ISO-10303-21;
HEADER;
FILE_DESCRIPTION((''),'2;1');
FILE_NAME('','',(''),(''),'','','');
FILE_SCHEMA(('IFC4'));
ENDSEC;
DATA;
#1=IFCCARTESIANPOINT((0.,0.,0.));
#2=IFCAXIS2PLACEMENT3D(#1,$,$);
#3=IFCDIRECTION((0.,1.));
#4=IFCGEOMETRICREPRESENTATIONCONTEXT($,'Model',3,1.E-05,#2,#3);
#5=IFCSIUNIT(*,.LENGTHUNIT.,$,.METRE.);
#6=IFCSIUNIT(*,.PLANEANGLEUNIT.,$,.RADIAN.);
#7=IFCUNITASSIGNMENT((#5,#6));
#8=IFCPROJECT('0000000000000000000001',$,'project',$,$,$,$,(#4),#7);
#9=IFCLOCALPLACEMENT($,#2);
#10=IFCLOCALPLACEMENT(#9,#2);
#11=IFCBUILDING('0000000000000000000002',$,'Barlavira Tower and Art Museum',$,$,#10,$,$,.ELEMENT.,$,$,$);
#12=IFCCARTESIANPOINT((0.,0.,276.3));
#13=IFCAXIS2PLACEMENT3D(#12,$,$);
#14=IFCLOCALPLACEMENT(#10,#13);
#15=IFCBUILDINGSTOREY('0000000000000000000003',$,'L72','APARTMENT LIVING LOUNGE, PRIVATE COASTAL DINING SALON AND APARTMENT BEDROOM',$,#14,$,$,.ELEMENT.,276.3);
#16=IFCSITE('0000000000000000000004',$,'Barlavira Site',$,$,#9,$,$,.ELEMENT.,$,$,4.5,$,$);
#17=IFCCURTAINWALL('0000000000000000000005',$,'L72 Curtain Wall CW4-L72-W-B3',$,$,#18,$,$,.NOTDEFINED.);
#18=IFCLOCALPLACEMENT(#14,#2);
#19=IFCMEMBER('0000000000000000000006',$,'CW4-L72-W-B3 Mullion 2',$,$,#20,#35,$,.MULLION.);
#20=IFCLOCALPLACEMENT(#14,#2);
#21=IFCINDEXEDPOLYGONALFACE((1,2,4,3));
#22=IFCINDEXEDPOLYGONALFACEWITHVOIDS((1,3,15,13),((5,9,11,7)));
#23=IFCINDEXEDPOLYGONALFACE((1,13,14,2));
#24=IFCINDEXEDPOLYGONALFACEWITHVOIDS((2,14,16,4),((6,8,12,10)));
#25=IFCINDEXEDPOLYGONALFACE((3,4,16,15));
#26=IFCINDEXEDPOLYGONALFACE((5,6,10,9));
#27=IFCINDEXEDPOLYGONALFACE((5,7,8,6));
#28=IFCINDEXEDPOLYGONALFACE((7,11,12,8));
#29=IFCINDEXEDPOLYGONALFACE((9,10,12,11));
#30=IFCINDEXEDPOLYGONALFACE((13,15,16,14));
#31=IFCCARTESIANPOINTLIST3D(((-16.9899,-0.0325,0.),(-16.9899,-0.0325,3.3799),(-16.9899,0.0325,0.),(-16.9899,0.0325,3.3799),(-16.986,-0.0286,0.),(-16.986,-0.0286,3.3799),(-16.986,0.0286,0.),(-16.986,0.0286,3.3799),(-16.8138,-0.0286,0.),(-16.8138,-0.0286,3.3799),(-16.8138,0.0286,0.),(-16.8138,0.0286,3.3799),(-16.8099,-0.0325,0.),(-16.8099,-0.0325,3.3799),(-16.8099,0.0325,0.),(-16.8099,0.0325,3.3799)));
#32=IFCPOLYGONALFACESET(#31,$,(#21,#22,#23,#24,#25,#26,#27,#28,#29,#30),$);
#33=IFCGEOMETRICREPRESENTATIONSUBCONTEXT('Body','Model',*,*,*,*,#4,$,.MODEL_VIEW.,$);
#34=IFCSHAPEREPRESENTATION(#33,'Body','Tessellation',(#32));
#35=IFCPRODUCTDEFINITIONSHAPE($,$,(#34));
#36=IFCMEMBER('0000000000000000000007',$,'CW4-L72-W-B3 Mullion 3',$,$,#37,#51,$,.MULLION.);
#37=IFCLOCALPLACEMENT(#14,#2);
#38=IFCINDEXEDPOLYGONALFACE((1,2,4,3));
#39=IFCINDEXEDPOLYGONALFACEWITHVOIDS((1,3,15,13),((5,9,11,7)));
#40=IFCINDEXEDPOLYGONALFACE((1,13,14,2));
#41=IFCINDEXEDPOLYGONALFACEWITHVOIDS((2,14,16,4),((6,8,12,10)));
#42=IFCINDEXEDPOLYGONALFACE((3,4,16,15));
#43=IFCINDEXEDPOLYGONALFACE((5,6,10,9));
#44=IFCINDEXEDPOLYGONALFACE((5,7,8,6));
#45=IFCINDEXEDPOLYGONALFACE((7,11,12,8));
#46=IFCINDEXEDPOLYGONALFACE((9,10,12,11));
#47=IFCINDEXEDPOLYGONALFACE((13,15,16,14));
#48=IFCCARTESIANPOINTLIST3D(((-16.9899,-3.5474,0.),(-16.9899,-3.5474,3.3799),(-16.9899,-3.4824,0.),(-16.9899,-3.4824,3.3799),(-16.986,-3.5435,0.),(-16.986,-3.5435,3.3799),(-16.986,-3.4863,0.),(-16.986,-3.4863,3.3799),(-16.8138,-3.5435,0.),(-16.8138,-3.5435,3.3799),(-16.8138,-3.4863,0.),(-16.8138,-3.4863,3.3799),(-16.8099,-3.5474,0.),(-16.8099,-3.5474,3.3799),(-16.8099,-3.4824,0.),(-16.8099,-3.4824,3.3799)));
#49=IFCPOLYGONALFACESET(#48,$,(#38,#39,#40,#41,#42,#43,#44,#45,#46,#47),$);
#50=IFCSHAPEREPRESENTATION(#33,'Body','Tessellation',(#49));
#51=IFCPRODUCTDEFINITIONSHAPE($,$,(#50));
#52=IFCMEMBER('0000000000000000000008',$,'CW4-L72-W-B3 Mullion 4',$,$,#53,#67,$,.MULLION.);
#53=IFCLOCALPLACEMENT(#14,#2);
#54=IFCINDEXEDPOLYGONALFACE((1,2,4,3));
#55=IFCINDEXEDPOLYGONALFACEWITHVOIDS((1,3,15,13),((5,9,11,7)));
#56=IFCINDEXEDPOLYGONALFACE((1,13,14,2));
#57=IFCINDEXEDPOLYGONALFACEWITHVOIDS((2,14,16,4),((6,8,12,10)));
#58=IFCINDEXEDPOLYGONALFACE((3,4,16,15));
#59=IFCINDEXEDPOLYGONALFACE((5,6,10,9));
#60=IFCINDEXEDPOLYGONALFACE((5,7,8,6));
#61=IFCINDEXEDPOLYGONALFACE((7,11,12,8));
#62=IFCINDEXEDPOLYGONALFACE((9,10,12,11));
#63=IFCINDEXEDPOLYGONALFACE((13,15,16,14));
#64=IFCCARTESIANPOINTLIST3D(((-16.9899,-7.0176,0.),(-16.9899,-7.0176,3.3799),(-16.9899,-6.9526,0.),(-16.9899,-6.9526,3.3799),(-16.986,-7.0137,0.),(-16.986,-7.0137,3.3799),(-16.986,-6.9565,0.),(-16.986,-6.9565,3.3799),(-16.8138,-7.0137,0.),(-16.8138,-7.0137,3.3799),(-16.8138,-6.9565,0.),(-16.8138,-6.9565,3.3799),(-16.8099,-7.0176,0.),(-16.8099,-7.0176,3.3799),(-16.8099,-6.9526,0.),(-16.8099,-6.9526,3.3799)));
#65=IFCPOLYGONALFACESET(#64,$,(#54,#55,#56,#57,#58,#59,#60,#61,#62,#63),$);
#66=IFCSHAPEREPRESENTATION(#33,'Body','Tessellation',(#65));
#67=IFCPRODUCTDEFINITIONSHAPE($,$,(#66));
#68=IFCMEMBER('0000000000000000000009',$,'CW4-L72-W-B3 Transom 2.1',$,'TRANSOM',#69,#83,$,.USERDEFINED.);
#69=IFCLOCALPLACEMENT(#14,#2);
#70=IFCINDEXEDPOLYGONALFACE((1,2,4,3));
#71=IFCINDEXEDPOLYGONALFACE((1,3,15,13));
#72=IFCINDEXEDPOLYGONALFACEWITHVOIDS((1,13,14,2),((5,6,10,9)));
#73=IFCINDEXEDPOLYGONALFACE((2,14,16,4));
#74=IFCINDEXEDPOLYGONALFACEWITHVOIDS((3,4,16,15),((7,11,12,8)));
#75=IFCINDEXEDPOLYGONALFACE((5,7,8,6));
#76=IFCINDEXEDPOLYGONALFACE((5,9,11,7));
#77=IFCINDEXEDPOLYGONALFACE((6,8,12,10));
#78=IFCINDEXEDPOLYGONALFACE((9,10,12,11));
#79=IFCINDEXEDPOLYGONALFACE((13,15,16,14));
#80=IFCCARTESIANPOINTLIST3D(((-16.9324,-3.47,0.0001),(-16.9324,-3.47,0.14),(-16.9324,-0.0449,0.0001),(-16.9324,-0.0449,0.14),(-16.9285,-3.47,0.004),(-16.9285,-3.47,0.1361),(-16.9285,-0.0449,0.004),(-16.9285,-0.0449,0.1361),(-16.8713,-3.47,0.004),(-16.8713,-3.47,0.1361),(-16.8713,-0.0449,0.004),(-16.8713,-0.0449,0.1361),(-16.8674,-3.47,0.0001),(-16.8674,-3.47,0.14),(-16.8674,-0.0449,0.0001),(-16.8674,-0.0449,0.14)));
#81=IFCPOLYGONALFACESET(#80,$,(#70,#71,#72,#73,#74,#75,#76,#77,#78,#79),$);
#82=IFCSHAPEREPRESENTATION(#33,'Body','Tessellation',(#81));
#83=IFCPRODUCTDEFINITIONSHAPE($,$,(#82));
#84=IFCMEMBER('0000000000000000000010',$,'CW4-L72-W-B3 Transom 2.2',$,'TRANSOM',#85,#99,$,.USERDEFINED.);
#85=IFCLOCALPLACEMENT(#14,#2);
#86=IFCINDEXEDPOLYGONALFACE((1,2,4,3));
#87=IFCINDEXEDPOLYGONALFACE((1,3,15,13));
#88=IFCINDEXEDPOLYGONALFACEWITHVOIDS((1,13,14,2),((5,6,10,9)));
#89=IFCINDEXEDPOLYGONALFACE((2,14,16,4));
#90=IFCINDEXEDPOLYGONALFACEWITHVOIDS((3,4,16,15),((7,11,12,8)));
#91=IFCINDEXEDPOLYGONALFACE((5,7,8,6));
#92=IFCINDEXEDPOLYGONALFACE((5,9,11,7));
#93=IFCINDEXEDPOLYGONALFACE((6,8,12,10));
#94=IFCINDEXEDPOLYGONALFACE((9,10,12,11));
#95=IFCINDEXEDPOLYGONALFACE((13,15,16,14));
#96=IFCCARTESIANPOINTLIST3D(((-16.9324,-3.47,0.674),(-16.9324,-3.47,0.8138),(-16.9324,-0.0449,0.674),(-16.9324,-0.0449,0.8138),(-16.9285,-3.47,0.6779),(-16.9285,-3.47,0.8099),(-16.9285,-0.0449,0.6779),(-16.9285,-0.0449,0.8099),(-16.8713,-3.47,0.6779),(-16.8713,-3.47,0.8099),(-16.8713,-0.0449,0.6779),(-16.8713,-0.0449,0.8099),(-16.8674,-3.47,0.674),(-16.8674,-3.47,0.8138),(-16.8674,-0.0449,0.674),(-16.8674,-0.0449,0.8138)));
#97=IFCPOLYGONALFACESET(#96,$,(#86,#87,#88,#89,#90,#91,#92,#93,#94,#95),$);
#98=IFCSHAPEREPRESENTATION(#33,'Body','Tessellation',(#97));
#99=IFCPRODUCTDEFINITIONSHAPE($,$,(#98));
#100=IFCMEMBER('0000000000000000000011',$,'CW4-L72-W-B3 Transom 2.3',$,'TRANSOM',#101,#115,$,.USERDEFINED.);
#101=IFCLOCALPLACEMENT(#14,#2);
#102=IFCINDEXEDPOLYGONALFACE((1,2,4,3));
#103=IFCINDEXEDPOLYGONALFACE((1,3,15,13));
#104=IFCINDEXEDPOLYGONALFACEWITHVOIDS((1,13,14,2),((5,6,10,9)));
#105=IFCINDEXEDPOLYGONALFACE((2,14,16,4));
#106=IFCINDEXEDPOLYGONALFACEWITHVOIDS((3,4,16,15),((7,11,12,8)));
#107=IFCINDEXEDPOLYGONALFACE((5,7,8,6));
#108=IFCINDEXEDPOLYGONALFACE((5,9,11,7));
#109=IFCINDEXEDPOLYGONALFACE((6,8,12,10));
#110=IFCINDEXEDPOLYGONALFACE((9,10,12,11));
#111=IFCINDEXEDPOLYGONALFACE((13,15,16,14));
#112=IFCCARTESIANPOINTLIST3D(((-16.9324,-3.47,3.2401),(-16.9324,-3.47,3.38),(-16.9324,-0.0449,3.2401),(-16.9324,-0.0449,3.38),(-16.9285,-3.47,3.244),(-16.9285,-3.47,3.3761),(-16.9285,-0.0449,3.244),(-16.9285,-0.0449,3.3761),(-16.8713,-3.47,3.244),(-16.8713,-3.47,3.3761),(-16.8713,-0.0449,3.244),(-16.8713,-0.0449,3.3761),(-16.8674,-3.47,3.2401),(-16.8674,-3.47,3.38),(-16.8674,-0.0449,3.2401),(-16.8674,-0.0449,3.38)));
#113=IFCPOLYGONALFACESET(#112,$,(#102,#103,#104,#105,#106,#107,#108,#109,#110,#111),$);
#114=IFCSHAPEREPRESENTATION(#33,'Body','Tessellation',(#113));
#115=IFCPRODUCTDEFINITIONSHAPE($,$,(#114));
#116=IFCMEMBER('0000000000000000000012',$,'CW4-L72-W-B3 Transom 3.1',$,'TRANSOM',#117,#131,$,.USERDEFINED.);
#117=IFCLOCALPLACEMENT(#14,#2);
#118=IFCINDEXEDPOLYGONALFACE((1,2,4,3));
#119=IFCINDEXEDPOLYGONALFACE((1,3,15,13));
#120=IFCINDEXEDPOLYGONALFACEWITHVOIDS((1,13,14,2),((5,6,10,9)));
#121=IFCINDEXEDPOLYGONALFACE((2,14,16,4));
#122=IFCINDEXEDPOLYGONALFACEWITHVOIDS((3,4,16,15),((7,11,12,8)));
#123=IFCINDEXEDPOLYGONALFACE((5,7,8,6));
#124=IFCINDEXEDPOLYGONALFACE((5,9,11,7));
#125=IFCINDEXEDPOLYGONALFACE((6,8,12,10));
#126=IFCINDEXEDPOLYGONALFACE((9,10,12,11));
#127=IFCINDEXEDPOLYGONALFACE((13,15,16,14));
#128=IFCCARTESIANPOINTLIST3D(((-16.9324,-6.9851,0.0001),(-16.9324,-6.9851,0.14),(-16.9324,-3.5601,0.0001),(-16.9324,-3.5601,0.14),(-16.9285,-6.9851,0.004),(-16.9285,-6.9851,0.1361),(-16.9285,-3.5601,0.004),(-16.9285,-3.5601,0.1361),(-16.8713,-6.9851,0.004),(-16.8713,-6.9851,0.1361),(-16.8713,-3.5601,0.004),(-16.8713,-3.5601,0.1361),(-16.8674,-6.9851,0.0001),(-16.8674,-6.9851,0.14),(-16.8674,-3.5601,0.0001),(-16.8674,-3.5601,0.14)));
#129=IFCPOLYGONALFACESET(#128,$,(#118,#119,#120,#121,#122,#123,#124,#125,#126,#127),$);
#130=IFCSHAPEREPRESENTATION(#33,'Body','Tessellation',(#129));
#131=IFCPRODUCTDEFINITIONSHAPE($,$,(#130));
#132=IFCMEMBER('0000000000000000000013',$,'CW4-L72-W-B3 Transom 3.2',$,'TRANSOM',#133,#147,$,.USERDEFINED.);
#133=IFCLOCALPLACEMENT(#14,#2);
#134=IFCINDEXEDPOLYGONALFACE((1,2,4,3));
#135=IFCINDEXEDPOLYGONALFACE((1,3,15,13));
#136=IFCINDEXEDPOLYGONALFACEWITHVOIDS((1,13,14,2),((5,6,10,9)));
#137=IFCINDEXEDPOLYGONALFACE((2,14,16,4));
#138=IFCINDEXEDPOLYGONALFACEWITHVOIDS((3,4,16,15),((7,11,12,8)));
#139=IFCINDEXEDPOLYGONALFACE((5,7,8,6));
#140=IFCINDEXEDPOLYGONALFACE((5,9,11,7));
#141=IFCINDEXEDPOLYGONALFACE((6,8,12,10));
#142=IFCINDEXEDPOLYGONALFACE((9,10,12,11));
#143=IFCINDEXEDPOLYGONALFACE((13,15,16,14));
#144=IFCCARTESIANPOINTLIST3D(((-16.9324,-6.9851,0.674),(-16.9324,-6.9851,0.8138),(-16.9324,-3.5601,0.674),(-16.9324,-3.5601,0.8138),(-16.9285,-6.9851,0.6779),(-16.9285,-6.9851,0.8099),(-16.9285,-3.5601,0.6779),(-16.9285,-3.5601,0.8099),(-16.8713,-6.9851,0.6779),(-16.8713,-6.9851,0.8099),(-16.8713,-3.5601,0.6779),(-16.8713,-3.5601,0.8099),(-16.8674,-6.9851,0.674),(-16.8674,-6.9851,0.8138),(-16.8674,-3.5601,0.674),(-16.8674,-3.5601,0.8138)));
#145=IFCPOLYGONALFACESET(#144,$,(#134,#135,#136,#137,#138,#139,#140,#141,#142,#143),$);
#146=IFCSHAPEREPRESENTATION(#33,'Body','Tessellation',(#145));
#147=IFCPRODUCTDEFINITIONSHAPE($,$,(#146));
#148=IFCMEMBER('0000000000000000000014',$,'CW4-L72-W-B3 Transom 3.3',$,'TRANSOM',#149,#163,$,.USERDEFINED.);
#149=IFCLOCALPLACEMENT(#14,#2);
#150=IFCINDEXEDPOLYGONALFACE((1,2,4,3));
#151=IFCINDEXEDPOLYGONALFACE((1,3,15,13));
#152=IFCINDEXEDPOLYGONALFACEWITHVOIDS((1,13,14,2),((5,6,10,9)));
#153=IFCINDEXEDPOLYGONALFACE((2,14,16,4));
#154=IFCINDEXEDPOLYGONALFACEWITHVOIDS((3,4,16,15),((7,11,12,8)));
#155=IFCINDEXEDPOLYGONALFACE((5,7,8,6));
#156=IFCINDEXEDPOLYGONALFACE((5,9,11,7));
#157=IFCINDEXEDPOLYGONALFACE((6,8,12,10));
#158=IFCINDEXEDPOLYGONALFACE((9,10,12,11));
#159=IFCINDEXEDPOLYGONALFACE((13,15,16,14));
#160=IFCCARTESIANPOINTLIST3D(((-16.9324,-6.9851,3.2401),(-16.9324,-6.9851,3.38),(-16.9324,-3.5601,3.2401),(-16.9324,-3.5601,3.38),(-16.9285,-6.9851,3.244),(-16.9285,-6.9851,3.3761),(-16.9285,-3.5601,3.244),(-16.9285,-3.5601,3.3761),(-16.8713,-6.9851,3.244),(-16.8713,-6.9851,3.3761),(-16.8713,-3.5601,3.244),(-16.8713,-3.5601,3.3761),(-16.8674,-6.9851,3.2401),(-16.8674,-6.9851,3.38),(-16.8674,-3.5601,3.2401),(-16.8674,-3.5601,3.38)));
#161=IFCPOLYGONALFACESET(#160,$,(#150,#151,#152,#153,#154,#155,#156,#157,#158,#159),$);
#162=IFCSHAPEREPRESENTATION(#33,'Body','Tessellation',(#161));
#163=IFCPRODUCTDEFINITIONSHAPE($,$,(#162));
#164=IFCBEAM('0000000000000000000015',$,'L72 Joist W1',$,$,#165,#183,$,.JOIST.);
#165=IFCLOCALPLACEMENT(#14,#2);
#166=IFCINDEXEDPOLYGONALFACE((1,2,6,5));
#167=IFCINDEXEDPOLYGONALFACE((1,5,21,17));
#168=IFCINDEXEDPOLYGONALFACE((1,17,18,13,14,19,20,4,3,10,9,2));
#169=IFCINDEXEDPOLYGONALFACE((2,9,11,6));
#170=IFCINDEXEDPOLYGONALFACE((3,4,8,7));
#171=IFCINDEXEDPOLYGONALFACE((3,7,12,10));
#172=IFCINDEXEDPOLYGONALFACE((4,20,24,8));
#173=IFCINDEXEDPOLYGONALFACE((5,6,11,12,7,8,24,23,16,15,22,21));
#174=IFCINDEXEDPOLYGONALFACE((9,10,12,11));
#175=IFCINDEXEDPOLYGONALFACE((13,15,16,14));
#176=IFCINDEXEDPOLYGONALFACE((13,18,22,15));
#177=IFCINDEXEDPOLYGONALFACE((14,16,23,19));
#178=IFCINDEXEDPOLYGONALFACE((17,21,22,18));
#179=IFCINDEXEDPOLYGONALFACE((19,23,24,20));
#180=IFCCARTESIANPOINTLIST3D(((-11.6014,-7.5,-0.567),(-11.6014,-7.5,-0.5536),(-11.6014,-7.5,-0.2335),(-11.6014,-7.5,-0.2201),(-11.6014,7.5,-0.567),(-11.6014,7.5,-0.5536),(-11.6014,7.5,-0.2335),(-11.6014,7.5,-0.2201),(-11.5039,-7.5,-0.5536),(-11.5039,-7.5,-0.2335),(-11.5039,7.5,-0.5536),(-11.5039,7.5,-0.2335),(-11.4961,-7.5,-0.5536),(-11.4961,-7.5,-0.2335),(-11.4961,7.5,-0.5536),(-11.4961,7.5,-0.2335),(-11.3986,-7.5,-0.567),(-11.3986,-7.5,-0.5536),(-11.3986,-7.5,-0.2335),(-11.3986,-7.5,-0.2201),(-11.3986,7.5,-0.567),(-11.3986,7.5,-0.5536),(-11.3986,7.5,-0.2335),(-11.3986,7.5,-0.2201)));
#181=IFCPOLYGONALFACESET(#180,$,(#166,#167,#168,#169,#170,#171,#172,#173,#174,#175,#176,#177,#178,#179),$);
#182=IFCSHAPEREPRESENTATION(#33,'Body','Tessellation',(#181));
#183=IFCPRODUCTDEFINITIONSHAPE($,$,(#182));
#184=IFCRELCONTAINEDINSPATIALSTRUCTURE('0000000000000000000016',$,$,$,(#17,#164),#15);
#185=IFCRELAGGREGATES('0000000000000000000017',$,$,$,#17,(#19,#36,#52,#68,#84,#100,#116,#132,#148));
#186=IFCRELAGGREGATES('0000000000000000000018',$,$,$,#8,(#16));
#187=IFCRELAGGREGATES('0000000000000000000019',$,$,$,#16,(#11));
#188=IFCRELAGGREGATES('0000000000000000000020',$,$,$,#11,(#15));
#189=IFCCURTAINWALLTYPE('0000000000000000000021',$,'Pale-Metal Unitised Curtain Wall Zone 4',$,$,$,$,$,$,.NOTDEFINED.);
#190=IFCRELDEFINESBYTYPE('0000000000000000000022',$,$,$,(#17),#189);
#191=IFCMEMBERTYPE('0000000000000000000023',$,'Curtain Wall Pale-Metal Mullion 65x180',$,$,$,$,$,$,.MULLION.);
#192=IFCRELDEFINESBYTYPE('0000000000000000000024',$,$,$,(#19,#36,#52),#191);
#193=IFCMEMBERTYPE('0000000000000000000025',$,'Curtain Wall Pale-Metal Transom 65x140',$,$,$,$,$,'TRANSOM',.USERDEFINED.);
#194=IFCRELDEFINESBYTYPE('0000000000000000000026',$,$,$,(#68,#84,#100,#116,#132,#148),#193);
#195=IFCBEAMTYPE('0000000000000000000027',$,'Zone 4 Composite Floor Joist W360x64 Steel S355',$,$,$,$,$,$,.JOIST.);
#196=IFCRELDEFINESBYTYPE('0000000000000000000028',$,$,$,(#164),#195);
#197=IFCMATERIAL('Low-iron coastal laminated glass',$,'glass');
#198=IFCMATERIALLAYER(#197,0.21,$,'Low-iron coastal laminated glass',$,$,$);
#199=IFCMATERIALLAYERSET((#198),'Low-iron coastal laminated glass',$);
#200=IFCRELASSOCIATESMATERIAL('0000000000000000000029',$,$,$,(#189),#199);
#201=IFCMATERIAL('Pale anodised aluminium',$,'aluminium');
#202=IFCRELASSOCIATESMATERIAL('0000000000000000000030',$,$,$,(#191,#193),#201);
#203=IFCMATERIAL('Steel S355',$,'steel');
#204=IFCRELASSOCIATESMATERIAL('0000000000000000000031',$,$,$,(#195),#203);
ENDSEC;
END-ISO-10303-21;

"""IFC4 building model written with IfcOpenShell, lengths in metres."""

from ifc_helpers import new_model, si_unit, direction, frame, origin, origin_2d, place, context, subcontext, project, spatial, hollow_rectangle, i_section, extrude, material, layer, layer_set, material_profile, profile_set, type_object, element, aggregate, save


model = new_model("IFC4")

# Units and contexts
model_context = context("Model", 3, precision=1e-05, world=origin(), true_north=direction((0.0, 1.0)))
body_context = subcontext(model_context, "Body", "Model", "MODEL_VIEW")
ifc_project = project(units=[si_unit("LENGTHUNIT", "METRE"), si_unit("PLANEANGLEUNIT", "RADIAN")], contexts=[model_context])

# Site, building, storey
site_placement = place(None, origin())
site = spatial("IfcSite", under=ifc_project, at=site_placement, Name="Barlavira Site", CompositionType="ELEMENT", RefElevation=4.5)
building_placement = place(site_placement, origin())
building = spatial("IfcBuilding", under=site, at=building_placement, Name="Barlavira Tower and Art Museum", CompositionType="ELEMENT")
storey_placement = place(building_placement, frame((0.0, 0.0, 276.3)))
storey = spatial("IfcBuildingStorey", under=building, at=storey_placement, Name="L72", Description="APARTMENT LIVING LOUNGE, PRIVATE COASTAL DINING SALON AND APARTMENT BEDROOM", CompositionType="ELEMENT", Elevation=276.3)

# Curtain wall, members
ifc_material_1 = material(Name="Low-iron coastal laminated glass", Category="glass")
ifc_layer_1 = layer(ifc_material_1, 0.21, Name="Low-iron coastal laminated glass")
ifc_layer_set_1 = layer_set([ifc_layer_1], Name="Low-iron coastal laminated glass")
curtain_wall_type = type_object("IfcCurtainWallType", Name="Pale-Metal Unitised Curtain Wall Zone 4", PredefinedType="NOTDEFINED", material=ifc_layer_set_1)
curtain_wall_placement = place(storey_placement, origin())
curtain_wall = element("IfcCurtainWall", 1, at=curtain_wall_placement, inside=storey, type_object=curtain_wall_type, Name="L72 Curtain Wall CW4-L72-W-B3", PredefinedType="NOTDEFINED")
ifc_material_2 = material(Name="Pale anodised aluminium", Category="aluminium")
ifc_material_profile_1 = material_profile(ifc_material_2, hollow_rectangle(XDim=0.0649, YDim=0.1799, WallThickness=0.0039, at=origin_2d()), Name="ALU-MULL 65x180x4")
ifc_profile_set_1 = profile_set([ifc_material_profile_1], Name="Pale anodised aluminium")
member_type_1 = type_object("IfcMemberType", Name="Curtain Wall Pale-Metal Mullion 65x180", PredefinedType="MULLION", material=ifc_profile_set_1)
member_1_placement = place(storey_placement, frame((-16.8999, 0.0, 0.0), z_axis=(0.0, 0.0, 1.0), x_axis=(0.0, -1.0, 0.0)))
member_1 = element("IfcMember", 2, at=member_1_placement, type_object=member_type_1, Name="CW4-L72-W-B3 Mullion 2", PredefinedType="MULLION", context=body_context, shape_type="SweptSolid", body=[
    extrude(hollow_rectangle(XDim=0.0649, YDim=0.1799, WallThickness=0.0039, at=origin_2d()), origin(), (0.0, 0.0, 1.0), 3.3799),
])
member_2_placement = place(storey_placement, frame((-16.8999, -3.5149, 0.0), z_axis=(0.0, 0.0, 1.0), x_axis=(0.0, -1.0, 0.0)))
member_2 = element("IfcMember", 3, at=member_2_placement, type_object=member_type_1, Name="CW4-L72-W-B3 Mullion 3", PredefinedType="MULLION", context=body_context, shape_type="SweptSolid", body=[
    extrude(hollow_rectangle(XDim=0.0649, YDim=0.1799, WallThickness=0.0039, at=origin_2d()), origin(), (0.0, 0.0, 1.0), 3.3799),
])
member_3_placement = place(storey_placement, frame((-16.8999, -6.9851, 0.0), z_axis=(0.0, 0.0, 1.0), x_axis=(0.0, -1.0, 0.0)))
member_3 = element("IfcMember", 4, at=member_3_placement, type_object=member_type_1, Name="CW4-L72-W-B3 Mullion 4", PredefinedType="MULLION", context=body_context, shape_type="SweptSolid", body=[
    extrude(hollow_rectangle(XDim=0.0649, YDim=0.1799, WallThickness=0.0039, at=origin_2d()), origin(), (0.0, 0.0, 1.0), 3.3799),
])
ifc_material_profile_2 = material_profile(ifc_material_2, hollow_rectangle(XDim=0.0649, YDim=0.1399, WallThickness=0.0039, at=origin_2d()), Name="ALU-TRAN 65x140x4")
ifc_profile_set_2 = profile_set([ifc_material_profile_2], Name="Pale anodised aluminium")
member_type_2 = type_object("IfcMemberType", Name="Curtain Wall Pale-Metal Transom 65x140", ElementType="TRANSOM", PredefinedType="USERDEFINED", material=ifc_profile_set_2)
member_4_placement = place(storey_placement, frame((-16.8999, -0.0449, 0.0701), z_axis=(0.0, -1.0, 0.0), x_axis=(1.0, 0.0, 0.0)))
member_4 = element("IfcMember", 5, at=member_4_placement, type_object=member_type_2, Name="CW4-L72-W-B3 Transom 2.1", ObjectType="TRANSOM", PredefinedType="USERDEFINED", context=body_context, shape_type="SweptSolid", body=[
    extrude(hollow_rectangle(XDim=0.0649, YDim=0.1399, WallThickness=0.0039, at=origin_2d()), origin(), (0.0, 0.0, 1.0), 3.425),
])
member_5_placement = place(storey_placement, frame((-16.8999, -0.0449, 0.7439), z_axis=(0.0, -1.0, 0.0), x_axis=(1.0, 0.0, 0.0)))
member_5 = element("IfcMember", 6, at=member_5_placement, type_object=member_type_2, Name="CW4-L72-W-B3 Transom 2.2", ObjectType="TRANSOM", PredefinedType="USERDEFINED", context=body_context, shape_type="SweptSolid", body=[
    extrude(hollow_rectangle(XDim=0.0649, YDim=0.1399, WallThickness=0.0039, at=origin_2d()), origin(), (0.0, 0.0, 1.0), 3.425),
])
member_6_placement = place(storey_placement, frame((-16.8999, -0.0449, 3.3101), z_axis=(0.0, -1.0, 0.0), x_axis=(1.0, 0.0, 0.0)))
member_6 = element("IfcMember", 7, at=member_6_placement, type_object=member_type_2, Name="CW4-L72-W-B3 Transom 2.3", ObjectType="TRANSOM", PredefinedType="USERDEFINED", context=body_context, shape_type="SweptSolid", body=[
    extrude(hollow_rectangle(XDim=0.0649, YDim=0.1399, WallThickness=0.0039, at=origin_2d()), origin(), (0.0, 0.0, 1.0), 3.425),
])
member_7_placement = place(storey_placement, frame((-16.8999, -3.5601, 0.0701), z_axis=(0.0, -1.0, 0.0), x_axis=(1.0, 0.0, 0.0)))
member_7 = element("IfcMember", 8, at=member_7_placement, type_object=member_type_2, Name="CW4-L72-W-B3 Transom 3.1", ObjectType="TRANSOM", PredefinedType="USERDEFINED", context=body_context, shape_type="SweptSolid", body=[
    extrude(hollow_rectangle(XDim=0.0649, YDim=0.1399, WallThickness=0.0039, at=origin_2d()), origin(), (0.0, 0.0, 1.0), 3.425),
])
member_8_placement = place(storey_placement, frame((-16.8999, -3.5601, 0.7439), z_axis=(0.0, -1.0, 0.0), x_axis=(1.0, 0.0, 0.0)))
member_8 = element("IfcMember", 9, at=member_8_placement, type_object=member_type_2, Name="CW4-L72-W-B3 Transom 3.2", ObjectType="TRANSOM", PredefinedType="USERDEFINED", context=body_context, shape_type="SweptSolid", body=[
    extrude(hollow_rectangle(XDim=0.0649, YDim=0.1399, WallThickness=0.0039, at=origin_2d()), origin(), (0.0, 0.0, 1.0), 3.425),
])
member_9_placement = place(storey_placement, frame((-16.8999, -3.5601, 3.3101), z_axis=(0.0, -1.0, 0.0), x_axis=(1.0, 0.0, 0.0)))
member_9 = element("IfcMember", 10, at=member_9_placement, type_object=member_type_2, Name="CW4-L72-W-B3 Transom 3.3", ObjectType="TRANSOM", PredefinedType="USERDEFINED", context=body_context, shape_type="SweptSolid", body=[
    extrude(hollow_rectangle(XDim=0.0649, YDim=0.1399, WallThickness=0.0039, at=origin_2d()), origin(), (0.0, 0.0, 1.0), 3.425),
])

# Beam
ifc_material_3 = material(Name="Steel S355", Category="steel")
ifc_material_profile_3 = material_profile(ifc_material_3, i_section(OverallWidth=0.2029, OverallDepth=0.3469, WebThickness=0.0078, FlangeThickness=0.0134, at=origin_2d()), Name="W360x64.0")
ifc_profile_set_3 = profile_set([ifc_material_profile_3], Name="Steel S355")
beam_type = type_object("IfcBeamType", Name="Zone 4 Composite Floor Joist W360x64 Steel S355", PredefinedType="JOIST", material=ifc_profile_set_3)
beam_placement = place(storey_placement, frame((-11.5, -7.5, -0.3936), z_axis=(0.0, 1.0, 0.0), x_axis=(-1.0, 0.0, 0.0)))
element("IfcBeam", 11, at=beam_placement, inside=storey, type_object=beam_type, Name="L72 Joist W1", PredefinedType="JOIST", context=body_context, shape_type="SweptSolid", body=[
    extrude(i_section(OverallWidth=0.2029, OverallDepth=0.3469, WebThickness=0.0078, FlangeThickness=0.0134, at=origin_2d()), origin(), (0.0, 0.0, 1.0), 15.0),
])

aggregate(curtain_wall, [member_1, member_2, member_3, member_4, member_5, member_6, member_7, member_8, member_9])

save(model, "model.ifc")
